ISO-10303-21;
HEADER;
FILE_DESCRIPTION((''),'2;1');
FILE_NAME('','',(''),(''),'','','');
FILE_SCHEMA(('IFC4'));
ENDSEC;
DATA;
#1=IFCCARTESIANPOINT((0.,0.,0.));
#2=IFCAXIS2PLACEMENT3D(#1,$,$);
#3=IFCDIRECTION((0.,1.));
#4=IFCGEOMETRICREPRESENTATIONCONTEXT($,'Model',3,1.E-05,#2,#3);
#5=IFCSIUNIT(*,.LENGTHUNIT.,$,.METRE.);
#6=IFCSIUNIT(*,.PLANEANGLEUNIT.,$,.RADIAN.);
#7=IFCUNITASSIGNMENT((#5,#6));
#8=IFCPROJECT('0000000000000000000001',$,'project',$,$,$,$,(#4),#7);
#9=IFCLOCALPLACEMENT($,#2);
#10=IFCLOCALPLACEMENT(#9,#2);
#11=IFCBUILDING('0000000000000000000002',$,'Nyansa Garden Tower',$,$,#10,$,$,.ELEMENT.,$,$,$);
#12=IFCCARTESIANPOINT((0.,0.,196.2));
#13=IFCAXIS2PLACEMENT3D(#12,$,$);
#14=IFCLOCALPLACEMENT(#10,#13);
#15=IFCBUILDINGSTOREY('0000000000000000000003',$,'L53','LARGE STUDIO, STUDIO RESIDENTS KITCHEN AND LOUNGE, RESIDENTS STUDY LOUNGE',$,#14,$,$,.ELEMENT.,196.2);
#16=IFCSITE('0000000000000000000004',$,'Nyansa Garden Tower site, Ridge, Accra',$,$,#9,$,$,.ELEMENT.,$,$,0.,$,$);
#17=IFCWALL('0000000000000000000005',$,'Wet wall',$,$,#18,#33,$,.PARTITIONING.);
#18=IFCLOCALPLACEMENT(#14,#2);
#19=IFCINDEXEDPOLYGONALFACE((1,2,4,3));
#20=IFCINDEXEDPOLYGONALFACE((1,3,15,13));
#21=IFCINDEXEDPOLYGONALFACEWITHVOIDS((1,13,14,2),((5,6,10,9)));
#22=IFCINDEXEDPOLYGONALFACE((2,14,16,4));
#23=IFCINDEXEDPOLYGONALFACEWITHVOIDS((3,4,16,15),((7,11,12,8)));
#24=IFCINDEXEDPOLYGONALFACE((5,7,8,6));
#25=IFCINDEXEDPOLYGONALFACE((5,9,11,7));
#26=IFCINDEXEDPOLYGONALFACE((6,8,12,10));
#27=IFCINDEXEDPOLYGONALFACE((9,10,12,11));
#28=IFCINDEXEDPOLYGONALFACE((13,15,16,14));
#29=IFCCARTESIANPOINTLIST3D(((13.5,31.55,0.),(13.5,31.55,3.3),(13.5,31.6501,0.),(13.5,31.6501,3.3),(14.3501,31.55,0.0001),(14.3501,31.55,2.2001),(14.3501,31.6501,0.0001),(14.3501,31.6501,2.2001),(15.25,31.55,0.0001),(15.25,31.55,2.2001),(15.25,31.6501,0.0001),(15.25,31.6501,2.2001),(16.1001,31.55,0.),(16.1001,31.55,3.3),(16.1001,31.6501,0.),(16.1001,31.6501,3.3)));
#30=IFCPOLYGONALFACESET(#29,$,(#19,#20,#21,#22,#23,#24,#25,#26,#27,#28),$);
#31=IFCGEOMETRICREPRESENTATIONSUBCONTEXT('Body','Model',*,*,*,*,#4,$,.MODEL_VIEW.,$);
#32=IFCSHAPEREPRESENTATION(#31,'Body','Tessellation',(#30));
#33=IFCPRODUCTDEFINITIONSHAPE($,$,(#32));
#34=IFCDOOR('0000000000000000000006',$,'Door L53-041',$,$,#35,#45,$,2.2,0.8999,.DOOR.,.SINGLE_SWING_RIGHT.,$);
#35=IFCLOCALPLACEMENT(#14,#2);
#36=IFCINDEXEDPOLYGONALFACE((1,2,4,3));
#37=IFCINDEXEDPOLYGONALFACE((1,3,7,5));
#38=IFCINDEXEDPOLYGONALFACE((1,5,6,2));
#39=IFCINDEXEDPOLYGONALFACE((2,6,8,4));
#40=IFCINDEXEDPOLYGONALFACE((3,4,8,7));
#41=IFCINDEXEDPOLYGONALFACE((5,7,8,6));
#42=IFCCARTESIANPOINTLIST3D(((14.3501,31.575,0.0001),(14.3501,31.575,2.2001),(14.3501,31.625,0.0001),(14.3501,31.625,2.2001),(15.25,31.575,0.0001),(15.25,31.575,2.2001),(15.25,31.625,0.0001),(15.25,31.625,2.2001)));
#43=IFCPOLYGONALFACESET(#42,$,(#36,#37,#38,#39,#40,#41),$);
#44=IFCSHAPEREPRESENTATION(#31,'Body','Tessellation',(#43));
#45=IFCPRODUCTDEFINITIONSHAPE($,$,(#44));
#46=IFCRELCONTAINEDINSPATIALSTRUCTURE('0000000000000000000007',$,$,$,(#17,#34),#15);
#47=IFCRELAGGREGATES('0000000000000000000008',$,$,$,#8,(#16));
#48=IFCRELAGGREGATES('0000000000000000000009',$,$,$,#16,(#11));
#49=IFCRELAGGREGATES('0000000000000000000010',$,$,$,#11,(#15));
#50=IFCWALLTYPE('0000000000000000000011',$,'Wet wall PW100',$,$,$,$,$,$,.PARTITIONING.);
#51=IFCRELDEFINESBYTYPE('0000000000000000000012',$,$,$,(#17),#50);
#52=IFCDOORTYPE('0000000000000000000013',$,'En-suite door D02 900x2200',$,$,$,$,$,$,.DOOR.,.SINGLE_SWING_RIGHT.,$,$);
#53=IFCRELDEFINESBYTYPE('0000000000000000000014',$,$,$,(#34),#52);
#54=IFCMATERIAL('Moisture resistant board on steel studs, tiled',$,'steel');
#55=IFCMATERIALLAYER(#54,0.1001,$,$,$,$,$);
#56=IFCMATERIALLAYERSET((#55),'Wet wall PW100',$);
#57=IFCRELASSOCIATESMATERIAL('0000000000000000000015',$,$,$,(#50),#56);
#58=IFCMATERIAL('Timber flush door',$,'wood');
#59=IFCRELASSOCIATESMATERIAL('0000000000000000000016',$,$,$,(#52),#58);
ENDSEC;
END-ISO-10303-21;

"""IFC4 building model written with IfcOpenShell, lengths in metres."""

from ifc_helpers import new_model, si_unit, direction, frame, frame_2d, origin, place, context, subcontext, project, spatial, rectangle, extrude, material, layer, layer_set, type_object, element, fill, save


model = new_model("IFC4")

# Units and contexts
model_context = context("Model", 3, precision=1e-05, world=origin(), true_north=direction((0.0, 1.0)))
body_context = subcontext(model_context, "Body", "Model", "MODEL_VIEW")
ifc_project = project(units=[si_unit("LENGTHUNIT", "METRE"), si_unit("PLANEANGLEUNIT", "RADIAN")], contexts=[model_context])

# Site, building, storey
site_placement = place(None, origin())
site = spatial("IfcSite", under=ifc_project, at=site_placement, Name="Nyansa Garden Tower site, Ridge, Accra", CompositionType="ELEMENT", RefElevation=0.0)
building_placement = place(site_placement, origin())
building = spatial("IfcBuilding", under=site, at=building_placement, Name="Nyansa Garden Tower", CompositionType="ELEMENT")
storey_placement = place(building_placement, frame((0.0, 0.0, 196.2)))
storey = spatial("IfcBuildingStorey", under=building, at=storey_placement, Name="L53", Description="LARGE STUDIO, STUDIO RESIDENTS KITCHEN AND LOUNGE, RESIDENTS STUDY LOUNGE", CompositionType="ELEMENT", Elevation=196.2)

# Shared definitions
ifc_material_1 = material(Name="Moisture resistant board on steel studs, tiled", Category="steel")
ifc_layer_1 = layer(ifc_material_1, 0.1001)
ifc_layer_set_1 = layer_set([ifc_layer_1], Name="Wet wall PW100")
wall_type_1 = type_object("IfcWallType", Name="Wet wall PW100", PredefinedType="PARTITIONING", material=ifc_layer_set_1)

# Wall, opening, door
ifc_material_2 = material(Name="Timber flush door", Category="wood")
door_type_1 = type_object("IfcDoorType", Name="En-suite door D02 900x2200", OperationType="SINGLE_SWING_RIGHT", PredefinedType="DOOR", material=ifc_material_2)
wall_1_placement = place(storey_placement, frame((13.5, 31.6001, 0.0), z_axis=(0.0, 0.0, 1.0), x_axis=(1.0, 0.0, 0.0)))
wall_1 = element("IfcWall", 1, at=wall_1_placement, inside=storey, type_object=wall_type_1, Name="Wet wall", PredefinedType="PARTITIONING", context=body_context, shape_type="SweptSolid", body=[
    extrude(rectangle(XDim=2.6001, YDim=0.1001, at=frame_2d((1.3, 0.0))), origin(), (0.0, 0.0, 1.0), 3.3),
])
opening_1_placement = place(wall_1_placement, frame((0.8501, 0.0, 0.0)))
opening_1 = element("IfcOpeningElement", 2, at=opening_1_placement, cuts=wall_1, PredefinedType="OPENING", context=body_context, shape_type="SweptSolid", body=[
    extrude(rectangle(XDim=0.8999, YDim=2.2, at=frame_2d((0.45, 1.1001))), frame((0.0, 0.0601, 0.0), z_axis=(0.0, -1.0, 0.0), x_axis=(1.0, 0.0, 0.0)), (0.0, 0.0, 1.0), 0.1201),
])
door_1_placement = place(opening_1_placement, origin())
door_1 = element("IfcDoor", 3, at=door_1_placement, inside=storey, type_object=door_type_1, Name="Door L53-041", OperationType="SINGLE_SWING_RIGHT", OverallHeight=2.2, OverallWidth=0.8999, PredefinedType="DOOR", context=body_context, shape_type="SweptSolid", body=[
    extrude(rectangle(XDim=0.8999, YDim=2.2, at=frame_2d((0.45, 1.1001))), frame((0.0, 0.0249, 0.0), z_axis=(0.0, -1.0, 0.0), x_axis=(1.0, 0.0, 0.0)), (0.0, 0.0, 1.0), 0.05),
])
fill(opening_1, door_1)

save(model, "model.ifc")
